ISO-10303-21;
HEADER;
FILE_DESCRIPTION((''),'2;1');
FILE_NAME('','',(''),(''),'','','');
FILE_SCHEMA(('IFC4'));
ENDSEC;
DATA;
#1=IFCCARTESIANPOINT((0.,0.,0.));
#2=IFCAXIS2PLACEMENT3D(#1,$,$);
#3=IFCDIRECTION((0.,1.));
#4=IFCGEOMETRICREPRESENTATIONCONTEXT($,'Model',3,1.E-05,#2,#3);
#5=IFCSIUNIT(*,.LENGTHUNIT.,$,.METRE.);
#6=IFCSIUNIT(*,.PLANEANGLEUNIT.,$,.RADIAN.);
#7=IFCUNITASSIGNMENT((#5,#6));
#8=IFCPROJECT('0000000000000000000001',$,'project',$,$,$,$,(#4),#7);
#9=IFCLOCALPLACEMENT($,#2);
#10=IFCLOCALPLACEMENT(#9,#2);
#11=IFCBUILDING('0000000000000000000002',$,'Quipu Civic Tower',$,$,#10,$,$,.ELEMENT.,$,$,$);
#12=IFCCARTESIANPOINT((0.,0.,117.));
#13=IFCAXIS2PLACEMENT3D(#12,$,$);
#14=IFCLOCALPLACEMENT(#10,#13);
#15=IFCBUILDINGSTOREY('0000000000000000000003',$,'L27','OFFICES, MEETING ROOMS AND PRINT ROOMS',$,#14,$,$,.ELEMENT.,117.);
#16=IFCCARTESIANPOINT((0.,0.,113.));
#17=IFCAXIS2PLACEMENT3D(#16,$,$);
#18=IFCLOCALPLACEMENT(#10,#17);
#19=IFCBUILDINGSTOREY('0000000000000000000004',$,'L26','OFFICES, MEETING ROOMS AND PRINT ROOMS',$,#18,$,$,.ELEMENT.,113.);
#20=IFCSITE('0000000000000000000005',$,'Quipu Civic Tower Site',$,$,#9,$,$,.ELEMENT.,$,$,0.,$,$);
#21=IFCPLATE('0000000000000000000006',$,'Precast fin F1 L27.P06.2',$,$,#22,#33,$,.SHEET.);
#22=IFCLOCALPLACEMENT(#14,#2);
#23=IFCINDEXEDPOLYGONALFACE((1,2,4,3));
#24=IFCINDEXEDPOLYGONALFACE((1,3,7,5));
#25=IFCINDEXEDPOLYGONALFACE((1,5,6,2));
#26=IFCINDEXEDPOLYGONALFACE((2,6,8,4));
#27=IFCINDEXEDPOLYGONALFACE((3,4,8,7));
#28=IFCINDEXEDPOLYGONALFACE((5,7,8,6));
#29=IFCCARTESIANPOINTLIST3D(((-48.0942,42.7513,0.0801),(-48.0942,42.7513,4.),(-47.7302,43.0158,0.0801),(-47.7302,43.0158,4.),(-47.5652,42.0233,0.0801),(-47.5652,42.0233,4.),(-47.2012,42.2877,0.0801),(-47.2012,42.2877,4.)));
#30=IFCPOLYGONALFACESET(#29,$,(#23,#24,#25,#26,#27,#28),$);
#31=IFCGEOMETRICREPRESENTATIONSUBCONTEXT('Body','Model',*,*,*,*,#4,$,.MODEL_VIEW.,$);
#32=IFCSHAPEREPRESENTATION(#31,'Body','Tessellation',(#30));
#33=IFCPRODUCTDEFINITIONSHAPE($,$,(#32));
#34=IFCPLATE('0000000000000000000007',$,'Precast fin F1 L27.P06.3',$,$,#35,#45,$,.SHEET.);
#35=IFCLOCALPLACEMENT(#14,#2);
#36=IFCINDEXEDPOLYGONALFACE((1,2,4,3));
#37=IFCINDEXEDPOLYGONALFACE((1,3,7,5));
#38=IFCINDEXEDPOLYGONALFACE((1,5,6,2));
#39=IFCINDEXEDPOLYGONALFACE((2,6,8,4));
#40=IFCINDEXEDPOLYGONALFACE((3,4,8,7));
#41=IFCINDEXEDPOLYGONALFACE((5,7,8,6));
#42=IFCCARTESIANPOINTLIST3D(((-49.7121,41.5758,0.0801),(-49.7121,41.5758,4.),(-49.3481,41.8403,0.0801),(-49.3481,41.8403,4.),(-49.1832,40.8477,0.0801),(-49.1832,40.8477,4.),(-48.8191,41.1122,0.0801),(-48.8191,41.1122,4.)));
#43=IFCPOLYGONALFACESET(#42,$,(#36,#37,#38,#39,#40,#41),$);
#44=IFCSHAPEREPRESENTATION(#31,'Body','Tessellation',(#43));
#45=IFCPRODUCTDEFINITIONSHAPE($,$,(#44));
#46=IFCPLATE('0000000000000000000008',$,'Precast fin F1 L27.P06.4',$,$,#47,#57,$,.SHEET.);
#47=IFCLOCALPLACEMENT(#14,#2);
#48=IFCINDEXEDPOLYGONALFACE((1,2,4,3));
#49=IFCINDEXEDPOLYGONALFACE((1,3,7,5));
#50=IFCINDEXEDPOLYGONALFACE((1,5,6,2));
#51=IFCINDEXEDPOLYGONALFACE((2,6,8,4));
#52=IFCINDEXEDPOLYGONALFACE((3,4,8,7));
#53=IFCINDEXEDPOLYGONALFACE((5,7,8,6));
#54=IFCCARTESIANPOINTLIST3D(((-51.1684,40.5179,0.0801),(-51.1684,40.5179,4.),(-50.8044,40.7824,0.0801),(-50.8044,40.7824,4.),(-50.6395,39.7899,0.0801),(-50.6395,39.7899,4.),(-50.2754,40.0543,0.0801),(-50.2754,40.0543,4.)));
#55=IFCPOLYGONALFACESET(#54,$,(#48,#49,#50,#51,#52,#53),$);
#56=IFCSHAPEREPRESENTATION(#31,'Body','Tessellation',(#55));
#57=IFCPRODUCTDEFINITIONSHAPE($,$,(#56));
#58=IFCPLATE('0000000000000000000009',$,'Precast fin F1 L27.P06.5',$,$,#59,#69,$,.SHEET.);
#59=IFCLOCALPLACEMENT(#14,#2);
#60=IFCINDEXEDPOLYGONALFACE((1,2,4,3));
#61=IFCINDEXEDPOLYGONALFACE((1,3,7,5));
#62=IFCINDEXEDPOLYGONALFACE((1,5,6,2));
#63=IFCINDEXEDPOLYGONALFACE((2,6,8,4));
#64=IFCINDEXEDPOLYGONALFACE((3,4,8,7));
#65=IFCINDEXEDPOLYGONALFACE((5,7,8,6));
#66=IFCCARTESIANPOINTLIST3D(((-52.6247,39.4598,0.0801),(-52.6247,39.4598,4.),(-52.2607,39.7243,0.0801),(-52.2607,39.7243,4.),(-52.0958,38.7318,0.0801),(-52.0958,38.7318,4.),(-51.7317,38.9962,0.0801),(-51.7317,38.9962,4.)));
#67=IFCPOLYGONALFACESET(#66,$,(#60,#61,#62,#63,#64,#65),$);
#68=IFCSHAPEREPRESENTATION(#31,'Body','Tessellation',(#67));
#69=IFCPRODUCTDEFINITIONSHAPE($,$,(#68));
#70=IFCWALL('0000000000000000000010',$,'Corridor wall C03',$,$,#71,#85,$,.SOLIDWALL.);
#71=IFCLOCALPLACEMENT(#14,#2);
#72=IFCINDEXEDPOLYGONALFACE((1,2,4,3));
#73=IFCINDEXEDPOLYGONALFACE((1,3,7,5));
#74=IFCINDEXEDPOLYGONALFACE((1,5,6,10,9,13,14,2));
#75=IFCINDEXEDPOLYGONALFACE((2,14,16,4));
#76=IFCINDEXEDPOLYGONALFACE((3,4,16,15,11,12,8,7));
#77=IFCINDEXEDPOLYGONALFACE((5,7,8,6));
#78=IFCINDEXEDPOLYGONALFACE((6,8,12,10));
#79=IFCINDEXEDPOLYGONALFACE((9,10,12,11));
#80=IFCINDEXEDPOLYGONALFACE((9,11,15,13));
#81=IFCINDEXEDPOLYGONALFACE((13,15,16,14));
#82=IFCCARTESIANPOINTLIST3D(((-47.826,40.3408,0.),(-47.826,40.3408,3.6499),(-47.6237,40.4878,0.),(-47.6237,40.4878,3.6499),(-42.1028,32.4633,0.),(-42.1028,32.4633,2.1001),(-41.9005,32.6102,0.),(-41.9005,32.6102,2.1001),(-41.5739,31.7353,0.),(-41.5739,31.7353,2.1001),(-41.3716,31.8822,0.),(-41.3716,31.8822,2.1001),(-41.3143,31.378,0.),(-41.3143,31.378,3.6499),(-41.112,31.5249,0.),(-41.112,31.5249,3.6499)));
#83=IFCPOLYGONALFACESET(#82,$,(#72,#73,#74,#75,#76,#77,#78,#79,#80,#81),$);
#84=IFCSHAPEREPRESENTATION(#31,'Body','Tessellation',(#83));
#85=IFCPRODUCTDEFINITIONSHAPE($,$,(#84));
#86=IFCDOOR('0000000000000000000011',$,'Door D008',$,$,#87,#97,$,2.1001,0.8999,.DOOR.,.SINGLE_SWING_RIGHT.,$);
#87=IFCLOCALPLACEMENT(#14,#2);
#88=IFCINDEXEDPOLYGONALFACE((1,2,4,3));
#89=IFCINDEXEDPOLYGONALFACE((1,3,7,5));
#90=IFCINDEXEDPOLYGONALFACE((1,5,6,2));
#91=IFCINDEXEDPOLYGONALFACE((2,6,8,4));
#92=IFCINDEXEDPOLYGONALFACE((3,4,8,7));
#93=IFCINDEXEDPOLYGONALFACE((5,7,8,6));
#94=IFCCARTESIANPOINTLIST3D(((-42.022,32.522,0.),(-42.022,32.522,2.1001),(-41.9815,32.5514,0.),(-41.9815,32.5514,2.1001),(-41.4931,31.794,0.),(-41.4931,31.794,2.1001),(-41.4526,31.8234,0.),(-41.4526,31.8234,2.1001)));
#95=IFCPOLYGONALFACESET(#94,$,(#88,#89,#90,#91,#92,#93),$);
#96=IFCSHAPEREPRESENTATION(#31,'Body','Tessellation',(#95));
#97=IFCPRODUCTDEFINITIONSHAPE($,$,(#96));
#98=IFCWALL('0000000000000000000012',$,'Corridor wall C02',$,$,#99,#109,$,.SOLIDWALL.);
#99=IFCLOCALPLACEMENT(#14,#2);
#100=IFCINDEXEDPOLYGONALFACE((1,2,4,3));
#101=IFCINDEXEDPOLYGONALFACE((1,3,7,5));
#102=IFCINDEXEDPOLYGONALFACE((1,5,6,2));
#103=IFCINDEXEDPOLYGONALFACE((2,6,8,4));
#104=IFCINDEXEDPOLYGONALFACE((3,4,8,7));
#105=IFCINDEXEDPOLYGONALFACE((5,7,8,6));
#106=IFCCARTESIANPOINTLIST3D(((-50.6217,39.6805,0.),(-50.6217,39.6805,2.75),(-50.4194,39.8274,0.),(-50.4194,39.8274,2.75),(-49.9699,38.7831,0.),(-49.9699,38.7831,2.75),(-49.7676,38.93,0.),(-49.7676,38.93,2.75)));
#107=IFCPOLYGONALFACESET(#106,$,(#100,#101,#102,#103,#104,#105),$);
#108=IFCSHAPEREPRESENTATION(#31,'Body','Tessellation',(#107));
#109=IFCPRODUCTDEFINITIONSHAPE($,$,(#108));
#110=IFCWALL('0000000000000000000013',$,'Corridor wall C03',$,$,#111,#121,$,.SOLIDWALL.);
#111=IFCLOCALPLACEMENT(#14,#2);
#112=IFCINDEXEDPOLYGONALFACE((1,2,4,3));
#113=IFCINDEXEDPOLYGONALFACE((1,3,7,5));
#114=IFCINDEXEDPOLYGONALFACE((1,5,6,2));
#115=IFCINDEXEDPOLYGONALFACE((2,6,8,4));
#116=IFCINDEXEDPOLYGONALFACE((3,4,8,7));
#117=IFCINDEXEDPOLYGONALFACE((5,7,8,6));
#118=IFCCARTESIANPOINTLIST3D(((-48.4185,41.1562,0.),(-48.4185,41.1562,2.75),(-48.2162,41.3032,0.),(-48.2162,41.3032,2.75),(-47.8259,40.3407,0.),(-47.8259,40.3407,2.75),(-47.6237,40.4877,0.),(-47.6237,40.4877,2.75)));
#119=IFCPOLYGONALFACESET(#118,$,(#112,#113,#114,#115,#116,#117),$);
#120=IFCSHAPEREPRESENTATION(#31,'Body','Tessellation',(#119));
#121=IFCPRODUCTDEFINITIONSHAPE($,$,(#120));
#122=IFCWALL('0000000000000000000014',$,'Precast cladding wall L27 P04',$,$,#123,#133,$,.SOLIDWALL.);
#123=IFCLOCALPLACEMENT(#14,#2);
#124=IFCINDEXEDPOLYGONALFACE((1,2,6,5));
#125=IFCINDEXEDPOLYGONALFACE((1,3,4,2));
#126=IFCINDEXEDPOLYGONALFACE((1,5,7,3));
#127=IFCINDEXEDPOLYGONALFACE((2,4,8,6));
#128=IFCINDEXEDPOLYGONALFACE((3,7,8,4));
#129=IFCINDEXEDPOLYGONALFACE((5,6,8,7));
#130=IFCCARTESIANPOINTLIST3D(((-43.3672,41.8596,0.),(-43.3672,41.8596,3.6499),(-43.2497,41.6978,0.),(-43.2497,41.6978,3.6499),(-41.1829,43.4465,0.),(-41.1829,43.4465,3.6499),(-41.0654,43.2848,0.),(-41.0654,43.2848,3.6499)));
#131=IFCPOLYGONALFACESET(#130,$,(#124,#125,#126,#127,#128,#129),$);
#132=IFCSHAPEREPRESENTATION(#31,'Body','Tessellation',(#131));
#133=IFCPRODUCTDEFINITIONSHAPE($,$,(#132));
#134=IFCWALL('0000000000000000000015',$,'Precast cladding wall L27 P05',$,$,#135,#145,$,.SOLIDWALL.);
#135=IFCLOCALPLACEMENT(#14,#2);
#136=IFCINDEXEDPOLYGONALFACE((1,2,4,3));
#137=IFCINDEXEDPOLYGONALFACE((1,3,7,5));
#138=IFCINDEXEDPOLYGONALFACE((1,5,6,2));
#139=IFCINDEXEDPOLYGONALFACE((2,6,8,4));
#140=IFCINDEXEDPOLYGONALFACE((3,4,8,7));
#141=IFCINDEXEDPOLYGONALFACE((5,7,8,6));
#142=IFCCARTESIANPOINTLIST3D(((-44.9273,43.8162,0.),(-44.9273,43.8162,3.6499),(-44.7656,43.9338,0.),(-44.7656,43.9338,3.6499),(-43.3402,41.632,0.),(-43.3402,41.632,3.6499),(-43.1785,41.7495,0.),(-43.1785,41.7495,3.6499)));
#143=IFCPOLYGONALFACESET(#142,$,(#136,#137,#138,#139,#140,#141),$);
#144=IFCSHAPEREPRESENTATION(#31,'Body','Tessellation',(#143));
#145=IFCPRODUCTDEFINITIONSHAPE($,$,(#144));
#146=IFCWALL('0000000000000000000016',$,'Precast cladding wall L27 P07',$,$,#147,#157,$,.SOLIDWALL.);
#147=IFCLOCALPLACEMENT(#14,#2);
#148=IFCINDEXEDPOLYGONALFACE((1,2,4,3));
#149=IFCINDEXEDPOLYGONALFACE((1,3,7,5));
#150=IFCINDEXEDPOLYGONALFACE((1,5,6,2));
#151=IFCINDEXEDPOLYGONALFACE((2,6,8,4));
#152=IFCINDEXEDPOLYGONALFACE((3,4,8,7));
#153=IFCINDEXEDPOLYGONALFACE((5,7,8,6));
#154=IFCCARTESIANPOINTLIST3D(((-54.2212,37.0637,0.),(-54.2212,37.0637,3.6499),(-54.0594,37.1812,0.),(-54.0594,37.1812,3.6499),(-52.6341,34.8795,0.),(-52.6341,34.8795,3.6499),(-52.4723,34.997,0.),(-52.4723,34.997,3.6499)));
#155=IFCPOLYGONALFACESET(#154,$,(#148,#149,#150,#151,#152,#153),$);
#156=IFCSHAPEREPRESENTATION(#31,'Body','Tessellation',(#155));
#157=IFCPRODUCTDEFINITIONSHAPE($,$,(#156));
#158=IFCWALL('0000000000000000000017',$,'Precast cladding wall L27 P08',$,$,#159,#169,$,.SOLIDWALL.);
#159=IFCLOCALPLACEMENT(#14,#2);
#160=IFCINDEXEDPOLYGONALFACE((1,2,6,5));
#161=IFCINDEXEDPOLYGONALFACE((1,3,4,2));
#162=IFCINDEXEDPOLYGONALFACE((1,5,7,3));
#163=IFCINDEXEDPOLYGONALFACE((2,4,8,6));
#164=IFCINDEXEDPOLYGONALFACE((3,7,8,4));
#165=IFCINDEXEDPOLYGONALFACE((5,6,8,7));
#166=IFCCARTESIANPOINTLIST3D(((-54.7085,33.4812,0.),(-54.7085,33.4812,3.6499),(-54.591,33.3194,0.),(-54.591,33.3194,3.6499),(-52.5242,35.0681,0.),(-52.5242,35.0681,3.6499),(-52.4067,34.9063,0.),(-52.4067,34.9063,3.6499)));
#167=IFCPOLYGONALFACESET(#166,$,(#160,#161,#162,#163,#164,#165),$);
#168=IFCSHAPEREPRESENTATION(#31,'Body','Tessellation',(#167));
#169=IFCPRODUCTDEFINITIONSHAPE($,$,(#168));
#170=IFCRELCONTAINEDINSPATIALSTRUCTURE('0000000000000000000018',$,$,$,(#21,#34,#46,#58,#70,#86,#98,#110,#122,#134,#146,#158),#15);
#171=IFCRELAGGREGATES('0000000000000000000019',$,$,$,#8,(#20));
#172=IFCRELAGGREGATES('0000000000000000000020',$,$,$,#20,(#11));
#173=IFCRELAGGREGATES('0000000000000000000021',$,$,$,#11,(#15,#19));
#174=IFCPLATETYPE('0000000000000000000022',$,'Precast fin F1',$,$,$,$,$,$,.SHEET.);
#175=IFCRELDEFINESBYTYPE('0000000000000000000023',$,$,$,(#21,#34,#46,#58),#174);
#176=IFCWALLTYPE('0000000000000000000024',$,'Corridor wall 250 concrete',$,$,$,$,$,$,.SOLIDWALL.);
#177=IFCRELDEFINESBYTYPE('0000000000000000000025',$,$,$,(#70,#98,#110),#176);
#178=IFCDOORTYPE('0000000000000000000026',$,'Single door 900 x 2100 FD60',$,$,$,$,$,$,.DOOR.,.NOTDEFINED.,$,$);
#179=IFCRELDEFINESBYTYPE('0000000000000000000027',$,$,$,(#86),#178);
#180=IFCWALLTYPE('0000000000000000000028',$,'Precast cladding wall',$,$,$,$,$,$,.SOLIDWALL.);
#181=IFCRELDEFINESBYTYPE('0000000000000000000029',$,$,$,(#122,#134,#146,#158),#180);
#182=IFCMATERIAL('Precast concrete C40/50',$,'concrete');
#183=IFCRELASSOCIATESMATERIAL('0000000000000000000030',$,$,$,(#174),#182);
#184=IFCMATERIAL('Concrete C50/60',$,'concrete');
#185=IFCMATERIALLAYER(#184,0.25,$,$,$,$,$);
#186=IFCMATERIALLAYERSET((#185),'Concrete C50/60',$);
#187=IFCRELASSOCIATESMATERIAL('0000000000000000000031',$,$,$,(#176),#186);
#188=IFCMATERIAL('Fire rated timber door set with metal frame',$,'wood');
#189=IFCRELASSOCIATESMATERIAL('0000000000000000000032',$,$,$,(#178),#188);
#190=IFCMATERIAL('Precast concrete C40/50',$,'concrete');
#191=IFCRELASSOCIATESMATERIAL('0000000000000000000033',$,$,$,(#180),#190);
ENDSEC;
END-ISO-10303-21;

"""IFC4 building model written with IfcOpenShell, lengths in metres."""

from ifc_helpers import new_model, si_unit, direction, frame, frame_2d, origin, origin_2d, place, context, subcontext, project, spatial, rectangle, extrude, material, layer, layer_set, type_object, element, fill, save


model = new_model("IFC4")

# Units and contexts
model_context = context("Model", 3, precision=1e-05, world=origin(), true_north=direction((0.0, 1.0)))
body_context = subcontext(model_context, "Body", "Model", "MODEL_VIEW")
ifc_project = project(units=[si_unit("LENGTHUNIT", "METRE"), si_unit("PLANEANGLEUNIT", "RADIAN")], contexts=[model_context])

# Site, building, storey
site_placement = place(None, origin())
site = spatial("IfcSite", under=ifc_project, at=site_placement, Name="Quipu Civic Tower Site", CompositionType="ELEMENT", RefElevation=0.0)
building_placement = place(site_placement, origin())
building = spatial("IfcBuilding", under=site, at=building_placement, Name="Quipu Civic Tower", CompositionType="ELEMENT")
storey_1_placement = place(building_placement, frame((0.0, 0.0, 117.0)))
storey_1 = spatial("IfcBuildingStorey", under=building, at=storey_1_placement, Name="L27", Description="OFFICES, MEETING ROOMS AND PRINT ROOMS", CompositionType="ELEMENT", Elevation=117.0)

# Shared definitions
storey_2_placement = place(building_placement, frame((0.0, 0.0, 113.0)))
storey_2 = spatial("IfcBuildingStorey", under=building, at=storey_2_placement, Name="L26", Description="OFFICES, MEETING ROOMS AND PRINT ROOMS", CompositionType="ELEMENT", Elevation=113.0)

# Plates
ifc_material_1 = material(Name="Precast concrete C40/50", Category="concrete")
plate_type_1 = type_object("IfcPlateType", Name="Precast fin F1", PredefinedType="SHEET", material=ifc_material_1)
for number, where, z_axis, x_axis, name in (
    (1, (-47.6477, 42.5195, 0.0801), (0.0, 0.0, 1.0), (-0.809021, -0.587779, 0.0), "Precast fin F1 L27.P06.2"),
    (2, (-49.2656, 41.344, 0.0801), (0.0, 0.0, 1.0), (-0.809021, -0.587779, 0.0), "Precast fin F1 L27.P06.3"),
    (3, (-50.7219, 40.2861, 0.0801), (0.0, 0.0, 1.0), (-0.809021, -0.587779, 0.0), "Precast fin F1 L27.P06.4"),
    (4, (-52.1782, 39.228, 0.0801), (0.0, 0.0, 1.0), (-0.809021, -0.587779, 0.0), "Precast fin F1 L27.P06.5"),
):
    element("IfcPlate", number, at=place(storey_1_placement, frame(where, z_axis=z_axis, x_axis=x_axis)), inside=storey_1, type_object=plate_type_1, Name=name, PredefinedType="SHEET", context=body_context, shape_type="SweptSolid", body=[
        extrude(rectangle(XDim=0.45, YDim=0.8999, at=origin_2d()), origin(), (0.0, 0.0, 1.0), 3.9199),
    ])

# Wall, opening, door
ifc_material_2 = material(Name="Concrete C50/60", Category="concrete")
ifc_layer_1 = layer(ifc_material_2, 0.25)
ifc_layer_set_1 = layer_set([ifc_layer_1], Name="Concrete C50/60")
wall_type_1 = type_object("IfcWallType", Name="Corridor wall 250 concrete", PredefinedType="SOLIDWALL", material=ifc_layer_set_1)
wall_1_placement = place(storey_1_placement, frame((-47.7249, 40.4143, 0.0), z_axis=(0.0, 0.0, 1.0), x_axis=(0.587773, -0.809026, 0.0)))
wall_1 = element("IfcWall", 5, at=wall_1_placement, inside=storey_1, type_object=wall_type_1, Name="Corridor wall C03", PredefinedType="SOLIDWALL", context=body_context, shape_type="SweptSolid", body=[
    extrude(rectangle(XDim=11.0786, YDim=0.25, at=frame_2d((5.5393, 0.0))), origin(), (0.0, 0.0, 1.0), 3.6499),
])
opening_placement = place(wall_1_placement, frame((9.7371, 0.0, 0.0)))
opening = element("IfcOpeningElement", 6, at=opening_placement, cuts=wall_1, PredefinedType="OPENING", context=body_context, shape_type="SweptSolid", body=[
    extrude(rectangle(XDim=0.8999, YDim=2.1001, at=frame_2d((0.45, 1.05))), frame((0.0, 0.135, 0.0), z_axis=(0.0, -1.0, 0.0), x_axis=(1.0, 0.0, 0.0)), (0.0, 0.0, 1.0), 0.27),
])
ifc_material_3 = material(Name="Fire rated timber door set with metal frame", Category="wood")
door_type = type_object("IfcDoorType", Name="Single door 900 x 2100 FD60", OperationType="NOTDEFINED", PredefinedType="DOOR", material=ifc_material_3)
door_placement = place(opening_placement, origin())
door = element("IfcDoor", 7, at=door_placement, inside=storey_1, type_object=door_type, Name="Door D008", OperationType="SINGLE_SWING_RIGHT", OverallHeight=2.1001, OverallWidth=0.8999, PredefinedType="DOOR", context=body_context, shape_type="SweptSolid", body=[
    extrude(rectangle(XDim=0.8999, YDim=2.1001, at=frame_2d((0.45, 1.05))), frame((0.0, 0.0249, 0.0), z_axis=(0.0, -1.0, 0.0), x_axis=(1.0, 0.0, 0.0)), (0.0, 0.0, 1.0), 0.05),
])
fill(opening, door)

# Walls
wall_2_placement = place(storey_1_placement, frame((-49.8687, 38.8564, 0.0), z_axis=(0.0, 0.0, 1.0), x_axis=(-0.587674, 0.809098, 0.0)))
element("IfcWall", 8, at=wall_2_placement, inside=storey_1, type_object=wall_type_1, Name="Corridor wall C02", PredefinedType="SOLIDWALL", context=body_context, shape_type="SweptSolid", body=[
    extrude(rectangle(XDim=1.1091, YDim=0.25, at=frame_2d((0.5547, 0.0))), origin(), (0.0, 0.0, 1.0), 2.75),
])
wall_3_placement = place(storey_1_placement, frame((-47.7249, 40.4143, 0.0), z_axis=(0.0, 0.0, 1.0), x_axis=(-0.58784, 0.808977, 0.0)))
element("IfcWall", 9, at=wall_3_placement, inside=storey_1, type_object=wall_type_1, Name="Corridor wall C03", PredefinedType="SOLIDWALL", context=body_context, shape_type="SweptSolid", body=[
    extrude(rectangle(XDim=1.0081, YDim=0.25, at=frame_2d((0.5039, 0.0))), origin(), (0.0, 0.0, 1.0), 2.75),
])
ifc_material_4 = material(Name="Precast concrete C40/50", Category="concrete")
wall_type_2 = type_object("IfcWallType", Name="Precast cladding wall", PredefinedType="SOLIDWALL", material=ifc_material_4)
for number, where, z_axis, x_axis, name in (
    (10, (-41.124, 43.3657, 0.0), (0.0, 0.0, 1.0), (-0.809033, -0.587763, 0.0), "Precast cladding wall L27 P04"),
    (11, (-43.2593, 41.6907, 0.0), (0.0, 0.0, 1.0), (-0.587822, 0.80899, 0.0), "Precast cladding wall L27 P05"),
    (12, (-54.1404, 37.1226, 0.0), (0.0, 0.0, 1.0), (0.587822, -0.80899, 0.0), "Precast cladding wall L27 P07"),
    (13, (-52.4653, 34.9873, 0.0), (0.0, 0.0, 1.0), (-0.809033, -0.587763, 0.0), "Precast cladding wall L27 P08"),
):
    element("IfcWall", number, at=place(storey_1_placement, frame(where, z_axis=z_axis, x_axis=x_axis)), inside=storey_1, type_object=wall_type_2, Name=name, PredefinedType="SOLIDWALL", context=body_context, shape_type="SweptSolid", body=[
        extrude(rectangle(XDim=2.7, YDim=0.2, at=frame_2d((1.3501, 0.0))), origin(), (0.0, 0.0, 1.0), 3.6499),
    ])

save(model, "model.ifc")
